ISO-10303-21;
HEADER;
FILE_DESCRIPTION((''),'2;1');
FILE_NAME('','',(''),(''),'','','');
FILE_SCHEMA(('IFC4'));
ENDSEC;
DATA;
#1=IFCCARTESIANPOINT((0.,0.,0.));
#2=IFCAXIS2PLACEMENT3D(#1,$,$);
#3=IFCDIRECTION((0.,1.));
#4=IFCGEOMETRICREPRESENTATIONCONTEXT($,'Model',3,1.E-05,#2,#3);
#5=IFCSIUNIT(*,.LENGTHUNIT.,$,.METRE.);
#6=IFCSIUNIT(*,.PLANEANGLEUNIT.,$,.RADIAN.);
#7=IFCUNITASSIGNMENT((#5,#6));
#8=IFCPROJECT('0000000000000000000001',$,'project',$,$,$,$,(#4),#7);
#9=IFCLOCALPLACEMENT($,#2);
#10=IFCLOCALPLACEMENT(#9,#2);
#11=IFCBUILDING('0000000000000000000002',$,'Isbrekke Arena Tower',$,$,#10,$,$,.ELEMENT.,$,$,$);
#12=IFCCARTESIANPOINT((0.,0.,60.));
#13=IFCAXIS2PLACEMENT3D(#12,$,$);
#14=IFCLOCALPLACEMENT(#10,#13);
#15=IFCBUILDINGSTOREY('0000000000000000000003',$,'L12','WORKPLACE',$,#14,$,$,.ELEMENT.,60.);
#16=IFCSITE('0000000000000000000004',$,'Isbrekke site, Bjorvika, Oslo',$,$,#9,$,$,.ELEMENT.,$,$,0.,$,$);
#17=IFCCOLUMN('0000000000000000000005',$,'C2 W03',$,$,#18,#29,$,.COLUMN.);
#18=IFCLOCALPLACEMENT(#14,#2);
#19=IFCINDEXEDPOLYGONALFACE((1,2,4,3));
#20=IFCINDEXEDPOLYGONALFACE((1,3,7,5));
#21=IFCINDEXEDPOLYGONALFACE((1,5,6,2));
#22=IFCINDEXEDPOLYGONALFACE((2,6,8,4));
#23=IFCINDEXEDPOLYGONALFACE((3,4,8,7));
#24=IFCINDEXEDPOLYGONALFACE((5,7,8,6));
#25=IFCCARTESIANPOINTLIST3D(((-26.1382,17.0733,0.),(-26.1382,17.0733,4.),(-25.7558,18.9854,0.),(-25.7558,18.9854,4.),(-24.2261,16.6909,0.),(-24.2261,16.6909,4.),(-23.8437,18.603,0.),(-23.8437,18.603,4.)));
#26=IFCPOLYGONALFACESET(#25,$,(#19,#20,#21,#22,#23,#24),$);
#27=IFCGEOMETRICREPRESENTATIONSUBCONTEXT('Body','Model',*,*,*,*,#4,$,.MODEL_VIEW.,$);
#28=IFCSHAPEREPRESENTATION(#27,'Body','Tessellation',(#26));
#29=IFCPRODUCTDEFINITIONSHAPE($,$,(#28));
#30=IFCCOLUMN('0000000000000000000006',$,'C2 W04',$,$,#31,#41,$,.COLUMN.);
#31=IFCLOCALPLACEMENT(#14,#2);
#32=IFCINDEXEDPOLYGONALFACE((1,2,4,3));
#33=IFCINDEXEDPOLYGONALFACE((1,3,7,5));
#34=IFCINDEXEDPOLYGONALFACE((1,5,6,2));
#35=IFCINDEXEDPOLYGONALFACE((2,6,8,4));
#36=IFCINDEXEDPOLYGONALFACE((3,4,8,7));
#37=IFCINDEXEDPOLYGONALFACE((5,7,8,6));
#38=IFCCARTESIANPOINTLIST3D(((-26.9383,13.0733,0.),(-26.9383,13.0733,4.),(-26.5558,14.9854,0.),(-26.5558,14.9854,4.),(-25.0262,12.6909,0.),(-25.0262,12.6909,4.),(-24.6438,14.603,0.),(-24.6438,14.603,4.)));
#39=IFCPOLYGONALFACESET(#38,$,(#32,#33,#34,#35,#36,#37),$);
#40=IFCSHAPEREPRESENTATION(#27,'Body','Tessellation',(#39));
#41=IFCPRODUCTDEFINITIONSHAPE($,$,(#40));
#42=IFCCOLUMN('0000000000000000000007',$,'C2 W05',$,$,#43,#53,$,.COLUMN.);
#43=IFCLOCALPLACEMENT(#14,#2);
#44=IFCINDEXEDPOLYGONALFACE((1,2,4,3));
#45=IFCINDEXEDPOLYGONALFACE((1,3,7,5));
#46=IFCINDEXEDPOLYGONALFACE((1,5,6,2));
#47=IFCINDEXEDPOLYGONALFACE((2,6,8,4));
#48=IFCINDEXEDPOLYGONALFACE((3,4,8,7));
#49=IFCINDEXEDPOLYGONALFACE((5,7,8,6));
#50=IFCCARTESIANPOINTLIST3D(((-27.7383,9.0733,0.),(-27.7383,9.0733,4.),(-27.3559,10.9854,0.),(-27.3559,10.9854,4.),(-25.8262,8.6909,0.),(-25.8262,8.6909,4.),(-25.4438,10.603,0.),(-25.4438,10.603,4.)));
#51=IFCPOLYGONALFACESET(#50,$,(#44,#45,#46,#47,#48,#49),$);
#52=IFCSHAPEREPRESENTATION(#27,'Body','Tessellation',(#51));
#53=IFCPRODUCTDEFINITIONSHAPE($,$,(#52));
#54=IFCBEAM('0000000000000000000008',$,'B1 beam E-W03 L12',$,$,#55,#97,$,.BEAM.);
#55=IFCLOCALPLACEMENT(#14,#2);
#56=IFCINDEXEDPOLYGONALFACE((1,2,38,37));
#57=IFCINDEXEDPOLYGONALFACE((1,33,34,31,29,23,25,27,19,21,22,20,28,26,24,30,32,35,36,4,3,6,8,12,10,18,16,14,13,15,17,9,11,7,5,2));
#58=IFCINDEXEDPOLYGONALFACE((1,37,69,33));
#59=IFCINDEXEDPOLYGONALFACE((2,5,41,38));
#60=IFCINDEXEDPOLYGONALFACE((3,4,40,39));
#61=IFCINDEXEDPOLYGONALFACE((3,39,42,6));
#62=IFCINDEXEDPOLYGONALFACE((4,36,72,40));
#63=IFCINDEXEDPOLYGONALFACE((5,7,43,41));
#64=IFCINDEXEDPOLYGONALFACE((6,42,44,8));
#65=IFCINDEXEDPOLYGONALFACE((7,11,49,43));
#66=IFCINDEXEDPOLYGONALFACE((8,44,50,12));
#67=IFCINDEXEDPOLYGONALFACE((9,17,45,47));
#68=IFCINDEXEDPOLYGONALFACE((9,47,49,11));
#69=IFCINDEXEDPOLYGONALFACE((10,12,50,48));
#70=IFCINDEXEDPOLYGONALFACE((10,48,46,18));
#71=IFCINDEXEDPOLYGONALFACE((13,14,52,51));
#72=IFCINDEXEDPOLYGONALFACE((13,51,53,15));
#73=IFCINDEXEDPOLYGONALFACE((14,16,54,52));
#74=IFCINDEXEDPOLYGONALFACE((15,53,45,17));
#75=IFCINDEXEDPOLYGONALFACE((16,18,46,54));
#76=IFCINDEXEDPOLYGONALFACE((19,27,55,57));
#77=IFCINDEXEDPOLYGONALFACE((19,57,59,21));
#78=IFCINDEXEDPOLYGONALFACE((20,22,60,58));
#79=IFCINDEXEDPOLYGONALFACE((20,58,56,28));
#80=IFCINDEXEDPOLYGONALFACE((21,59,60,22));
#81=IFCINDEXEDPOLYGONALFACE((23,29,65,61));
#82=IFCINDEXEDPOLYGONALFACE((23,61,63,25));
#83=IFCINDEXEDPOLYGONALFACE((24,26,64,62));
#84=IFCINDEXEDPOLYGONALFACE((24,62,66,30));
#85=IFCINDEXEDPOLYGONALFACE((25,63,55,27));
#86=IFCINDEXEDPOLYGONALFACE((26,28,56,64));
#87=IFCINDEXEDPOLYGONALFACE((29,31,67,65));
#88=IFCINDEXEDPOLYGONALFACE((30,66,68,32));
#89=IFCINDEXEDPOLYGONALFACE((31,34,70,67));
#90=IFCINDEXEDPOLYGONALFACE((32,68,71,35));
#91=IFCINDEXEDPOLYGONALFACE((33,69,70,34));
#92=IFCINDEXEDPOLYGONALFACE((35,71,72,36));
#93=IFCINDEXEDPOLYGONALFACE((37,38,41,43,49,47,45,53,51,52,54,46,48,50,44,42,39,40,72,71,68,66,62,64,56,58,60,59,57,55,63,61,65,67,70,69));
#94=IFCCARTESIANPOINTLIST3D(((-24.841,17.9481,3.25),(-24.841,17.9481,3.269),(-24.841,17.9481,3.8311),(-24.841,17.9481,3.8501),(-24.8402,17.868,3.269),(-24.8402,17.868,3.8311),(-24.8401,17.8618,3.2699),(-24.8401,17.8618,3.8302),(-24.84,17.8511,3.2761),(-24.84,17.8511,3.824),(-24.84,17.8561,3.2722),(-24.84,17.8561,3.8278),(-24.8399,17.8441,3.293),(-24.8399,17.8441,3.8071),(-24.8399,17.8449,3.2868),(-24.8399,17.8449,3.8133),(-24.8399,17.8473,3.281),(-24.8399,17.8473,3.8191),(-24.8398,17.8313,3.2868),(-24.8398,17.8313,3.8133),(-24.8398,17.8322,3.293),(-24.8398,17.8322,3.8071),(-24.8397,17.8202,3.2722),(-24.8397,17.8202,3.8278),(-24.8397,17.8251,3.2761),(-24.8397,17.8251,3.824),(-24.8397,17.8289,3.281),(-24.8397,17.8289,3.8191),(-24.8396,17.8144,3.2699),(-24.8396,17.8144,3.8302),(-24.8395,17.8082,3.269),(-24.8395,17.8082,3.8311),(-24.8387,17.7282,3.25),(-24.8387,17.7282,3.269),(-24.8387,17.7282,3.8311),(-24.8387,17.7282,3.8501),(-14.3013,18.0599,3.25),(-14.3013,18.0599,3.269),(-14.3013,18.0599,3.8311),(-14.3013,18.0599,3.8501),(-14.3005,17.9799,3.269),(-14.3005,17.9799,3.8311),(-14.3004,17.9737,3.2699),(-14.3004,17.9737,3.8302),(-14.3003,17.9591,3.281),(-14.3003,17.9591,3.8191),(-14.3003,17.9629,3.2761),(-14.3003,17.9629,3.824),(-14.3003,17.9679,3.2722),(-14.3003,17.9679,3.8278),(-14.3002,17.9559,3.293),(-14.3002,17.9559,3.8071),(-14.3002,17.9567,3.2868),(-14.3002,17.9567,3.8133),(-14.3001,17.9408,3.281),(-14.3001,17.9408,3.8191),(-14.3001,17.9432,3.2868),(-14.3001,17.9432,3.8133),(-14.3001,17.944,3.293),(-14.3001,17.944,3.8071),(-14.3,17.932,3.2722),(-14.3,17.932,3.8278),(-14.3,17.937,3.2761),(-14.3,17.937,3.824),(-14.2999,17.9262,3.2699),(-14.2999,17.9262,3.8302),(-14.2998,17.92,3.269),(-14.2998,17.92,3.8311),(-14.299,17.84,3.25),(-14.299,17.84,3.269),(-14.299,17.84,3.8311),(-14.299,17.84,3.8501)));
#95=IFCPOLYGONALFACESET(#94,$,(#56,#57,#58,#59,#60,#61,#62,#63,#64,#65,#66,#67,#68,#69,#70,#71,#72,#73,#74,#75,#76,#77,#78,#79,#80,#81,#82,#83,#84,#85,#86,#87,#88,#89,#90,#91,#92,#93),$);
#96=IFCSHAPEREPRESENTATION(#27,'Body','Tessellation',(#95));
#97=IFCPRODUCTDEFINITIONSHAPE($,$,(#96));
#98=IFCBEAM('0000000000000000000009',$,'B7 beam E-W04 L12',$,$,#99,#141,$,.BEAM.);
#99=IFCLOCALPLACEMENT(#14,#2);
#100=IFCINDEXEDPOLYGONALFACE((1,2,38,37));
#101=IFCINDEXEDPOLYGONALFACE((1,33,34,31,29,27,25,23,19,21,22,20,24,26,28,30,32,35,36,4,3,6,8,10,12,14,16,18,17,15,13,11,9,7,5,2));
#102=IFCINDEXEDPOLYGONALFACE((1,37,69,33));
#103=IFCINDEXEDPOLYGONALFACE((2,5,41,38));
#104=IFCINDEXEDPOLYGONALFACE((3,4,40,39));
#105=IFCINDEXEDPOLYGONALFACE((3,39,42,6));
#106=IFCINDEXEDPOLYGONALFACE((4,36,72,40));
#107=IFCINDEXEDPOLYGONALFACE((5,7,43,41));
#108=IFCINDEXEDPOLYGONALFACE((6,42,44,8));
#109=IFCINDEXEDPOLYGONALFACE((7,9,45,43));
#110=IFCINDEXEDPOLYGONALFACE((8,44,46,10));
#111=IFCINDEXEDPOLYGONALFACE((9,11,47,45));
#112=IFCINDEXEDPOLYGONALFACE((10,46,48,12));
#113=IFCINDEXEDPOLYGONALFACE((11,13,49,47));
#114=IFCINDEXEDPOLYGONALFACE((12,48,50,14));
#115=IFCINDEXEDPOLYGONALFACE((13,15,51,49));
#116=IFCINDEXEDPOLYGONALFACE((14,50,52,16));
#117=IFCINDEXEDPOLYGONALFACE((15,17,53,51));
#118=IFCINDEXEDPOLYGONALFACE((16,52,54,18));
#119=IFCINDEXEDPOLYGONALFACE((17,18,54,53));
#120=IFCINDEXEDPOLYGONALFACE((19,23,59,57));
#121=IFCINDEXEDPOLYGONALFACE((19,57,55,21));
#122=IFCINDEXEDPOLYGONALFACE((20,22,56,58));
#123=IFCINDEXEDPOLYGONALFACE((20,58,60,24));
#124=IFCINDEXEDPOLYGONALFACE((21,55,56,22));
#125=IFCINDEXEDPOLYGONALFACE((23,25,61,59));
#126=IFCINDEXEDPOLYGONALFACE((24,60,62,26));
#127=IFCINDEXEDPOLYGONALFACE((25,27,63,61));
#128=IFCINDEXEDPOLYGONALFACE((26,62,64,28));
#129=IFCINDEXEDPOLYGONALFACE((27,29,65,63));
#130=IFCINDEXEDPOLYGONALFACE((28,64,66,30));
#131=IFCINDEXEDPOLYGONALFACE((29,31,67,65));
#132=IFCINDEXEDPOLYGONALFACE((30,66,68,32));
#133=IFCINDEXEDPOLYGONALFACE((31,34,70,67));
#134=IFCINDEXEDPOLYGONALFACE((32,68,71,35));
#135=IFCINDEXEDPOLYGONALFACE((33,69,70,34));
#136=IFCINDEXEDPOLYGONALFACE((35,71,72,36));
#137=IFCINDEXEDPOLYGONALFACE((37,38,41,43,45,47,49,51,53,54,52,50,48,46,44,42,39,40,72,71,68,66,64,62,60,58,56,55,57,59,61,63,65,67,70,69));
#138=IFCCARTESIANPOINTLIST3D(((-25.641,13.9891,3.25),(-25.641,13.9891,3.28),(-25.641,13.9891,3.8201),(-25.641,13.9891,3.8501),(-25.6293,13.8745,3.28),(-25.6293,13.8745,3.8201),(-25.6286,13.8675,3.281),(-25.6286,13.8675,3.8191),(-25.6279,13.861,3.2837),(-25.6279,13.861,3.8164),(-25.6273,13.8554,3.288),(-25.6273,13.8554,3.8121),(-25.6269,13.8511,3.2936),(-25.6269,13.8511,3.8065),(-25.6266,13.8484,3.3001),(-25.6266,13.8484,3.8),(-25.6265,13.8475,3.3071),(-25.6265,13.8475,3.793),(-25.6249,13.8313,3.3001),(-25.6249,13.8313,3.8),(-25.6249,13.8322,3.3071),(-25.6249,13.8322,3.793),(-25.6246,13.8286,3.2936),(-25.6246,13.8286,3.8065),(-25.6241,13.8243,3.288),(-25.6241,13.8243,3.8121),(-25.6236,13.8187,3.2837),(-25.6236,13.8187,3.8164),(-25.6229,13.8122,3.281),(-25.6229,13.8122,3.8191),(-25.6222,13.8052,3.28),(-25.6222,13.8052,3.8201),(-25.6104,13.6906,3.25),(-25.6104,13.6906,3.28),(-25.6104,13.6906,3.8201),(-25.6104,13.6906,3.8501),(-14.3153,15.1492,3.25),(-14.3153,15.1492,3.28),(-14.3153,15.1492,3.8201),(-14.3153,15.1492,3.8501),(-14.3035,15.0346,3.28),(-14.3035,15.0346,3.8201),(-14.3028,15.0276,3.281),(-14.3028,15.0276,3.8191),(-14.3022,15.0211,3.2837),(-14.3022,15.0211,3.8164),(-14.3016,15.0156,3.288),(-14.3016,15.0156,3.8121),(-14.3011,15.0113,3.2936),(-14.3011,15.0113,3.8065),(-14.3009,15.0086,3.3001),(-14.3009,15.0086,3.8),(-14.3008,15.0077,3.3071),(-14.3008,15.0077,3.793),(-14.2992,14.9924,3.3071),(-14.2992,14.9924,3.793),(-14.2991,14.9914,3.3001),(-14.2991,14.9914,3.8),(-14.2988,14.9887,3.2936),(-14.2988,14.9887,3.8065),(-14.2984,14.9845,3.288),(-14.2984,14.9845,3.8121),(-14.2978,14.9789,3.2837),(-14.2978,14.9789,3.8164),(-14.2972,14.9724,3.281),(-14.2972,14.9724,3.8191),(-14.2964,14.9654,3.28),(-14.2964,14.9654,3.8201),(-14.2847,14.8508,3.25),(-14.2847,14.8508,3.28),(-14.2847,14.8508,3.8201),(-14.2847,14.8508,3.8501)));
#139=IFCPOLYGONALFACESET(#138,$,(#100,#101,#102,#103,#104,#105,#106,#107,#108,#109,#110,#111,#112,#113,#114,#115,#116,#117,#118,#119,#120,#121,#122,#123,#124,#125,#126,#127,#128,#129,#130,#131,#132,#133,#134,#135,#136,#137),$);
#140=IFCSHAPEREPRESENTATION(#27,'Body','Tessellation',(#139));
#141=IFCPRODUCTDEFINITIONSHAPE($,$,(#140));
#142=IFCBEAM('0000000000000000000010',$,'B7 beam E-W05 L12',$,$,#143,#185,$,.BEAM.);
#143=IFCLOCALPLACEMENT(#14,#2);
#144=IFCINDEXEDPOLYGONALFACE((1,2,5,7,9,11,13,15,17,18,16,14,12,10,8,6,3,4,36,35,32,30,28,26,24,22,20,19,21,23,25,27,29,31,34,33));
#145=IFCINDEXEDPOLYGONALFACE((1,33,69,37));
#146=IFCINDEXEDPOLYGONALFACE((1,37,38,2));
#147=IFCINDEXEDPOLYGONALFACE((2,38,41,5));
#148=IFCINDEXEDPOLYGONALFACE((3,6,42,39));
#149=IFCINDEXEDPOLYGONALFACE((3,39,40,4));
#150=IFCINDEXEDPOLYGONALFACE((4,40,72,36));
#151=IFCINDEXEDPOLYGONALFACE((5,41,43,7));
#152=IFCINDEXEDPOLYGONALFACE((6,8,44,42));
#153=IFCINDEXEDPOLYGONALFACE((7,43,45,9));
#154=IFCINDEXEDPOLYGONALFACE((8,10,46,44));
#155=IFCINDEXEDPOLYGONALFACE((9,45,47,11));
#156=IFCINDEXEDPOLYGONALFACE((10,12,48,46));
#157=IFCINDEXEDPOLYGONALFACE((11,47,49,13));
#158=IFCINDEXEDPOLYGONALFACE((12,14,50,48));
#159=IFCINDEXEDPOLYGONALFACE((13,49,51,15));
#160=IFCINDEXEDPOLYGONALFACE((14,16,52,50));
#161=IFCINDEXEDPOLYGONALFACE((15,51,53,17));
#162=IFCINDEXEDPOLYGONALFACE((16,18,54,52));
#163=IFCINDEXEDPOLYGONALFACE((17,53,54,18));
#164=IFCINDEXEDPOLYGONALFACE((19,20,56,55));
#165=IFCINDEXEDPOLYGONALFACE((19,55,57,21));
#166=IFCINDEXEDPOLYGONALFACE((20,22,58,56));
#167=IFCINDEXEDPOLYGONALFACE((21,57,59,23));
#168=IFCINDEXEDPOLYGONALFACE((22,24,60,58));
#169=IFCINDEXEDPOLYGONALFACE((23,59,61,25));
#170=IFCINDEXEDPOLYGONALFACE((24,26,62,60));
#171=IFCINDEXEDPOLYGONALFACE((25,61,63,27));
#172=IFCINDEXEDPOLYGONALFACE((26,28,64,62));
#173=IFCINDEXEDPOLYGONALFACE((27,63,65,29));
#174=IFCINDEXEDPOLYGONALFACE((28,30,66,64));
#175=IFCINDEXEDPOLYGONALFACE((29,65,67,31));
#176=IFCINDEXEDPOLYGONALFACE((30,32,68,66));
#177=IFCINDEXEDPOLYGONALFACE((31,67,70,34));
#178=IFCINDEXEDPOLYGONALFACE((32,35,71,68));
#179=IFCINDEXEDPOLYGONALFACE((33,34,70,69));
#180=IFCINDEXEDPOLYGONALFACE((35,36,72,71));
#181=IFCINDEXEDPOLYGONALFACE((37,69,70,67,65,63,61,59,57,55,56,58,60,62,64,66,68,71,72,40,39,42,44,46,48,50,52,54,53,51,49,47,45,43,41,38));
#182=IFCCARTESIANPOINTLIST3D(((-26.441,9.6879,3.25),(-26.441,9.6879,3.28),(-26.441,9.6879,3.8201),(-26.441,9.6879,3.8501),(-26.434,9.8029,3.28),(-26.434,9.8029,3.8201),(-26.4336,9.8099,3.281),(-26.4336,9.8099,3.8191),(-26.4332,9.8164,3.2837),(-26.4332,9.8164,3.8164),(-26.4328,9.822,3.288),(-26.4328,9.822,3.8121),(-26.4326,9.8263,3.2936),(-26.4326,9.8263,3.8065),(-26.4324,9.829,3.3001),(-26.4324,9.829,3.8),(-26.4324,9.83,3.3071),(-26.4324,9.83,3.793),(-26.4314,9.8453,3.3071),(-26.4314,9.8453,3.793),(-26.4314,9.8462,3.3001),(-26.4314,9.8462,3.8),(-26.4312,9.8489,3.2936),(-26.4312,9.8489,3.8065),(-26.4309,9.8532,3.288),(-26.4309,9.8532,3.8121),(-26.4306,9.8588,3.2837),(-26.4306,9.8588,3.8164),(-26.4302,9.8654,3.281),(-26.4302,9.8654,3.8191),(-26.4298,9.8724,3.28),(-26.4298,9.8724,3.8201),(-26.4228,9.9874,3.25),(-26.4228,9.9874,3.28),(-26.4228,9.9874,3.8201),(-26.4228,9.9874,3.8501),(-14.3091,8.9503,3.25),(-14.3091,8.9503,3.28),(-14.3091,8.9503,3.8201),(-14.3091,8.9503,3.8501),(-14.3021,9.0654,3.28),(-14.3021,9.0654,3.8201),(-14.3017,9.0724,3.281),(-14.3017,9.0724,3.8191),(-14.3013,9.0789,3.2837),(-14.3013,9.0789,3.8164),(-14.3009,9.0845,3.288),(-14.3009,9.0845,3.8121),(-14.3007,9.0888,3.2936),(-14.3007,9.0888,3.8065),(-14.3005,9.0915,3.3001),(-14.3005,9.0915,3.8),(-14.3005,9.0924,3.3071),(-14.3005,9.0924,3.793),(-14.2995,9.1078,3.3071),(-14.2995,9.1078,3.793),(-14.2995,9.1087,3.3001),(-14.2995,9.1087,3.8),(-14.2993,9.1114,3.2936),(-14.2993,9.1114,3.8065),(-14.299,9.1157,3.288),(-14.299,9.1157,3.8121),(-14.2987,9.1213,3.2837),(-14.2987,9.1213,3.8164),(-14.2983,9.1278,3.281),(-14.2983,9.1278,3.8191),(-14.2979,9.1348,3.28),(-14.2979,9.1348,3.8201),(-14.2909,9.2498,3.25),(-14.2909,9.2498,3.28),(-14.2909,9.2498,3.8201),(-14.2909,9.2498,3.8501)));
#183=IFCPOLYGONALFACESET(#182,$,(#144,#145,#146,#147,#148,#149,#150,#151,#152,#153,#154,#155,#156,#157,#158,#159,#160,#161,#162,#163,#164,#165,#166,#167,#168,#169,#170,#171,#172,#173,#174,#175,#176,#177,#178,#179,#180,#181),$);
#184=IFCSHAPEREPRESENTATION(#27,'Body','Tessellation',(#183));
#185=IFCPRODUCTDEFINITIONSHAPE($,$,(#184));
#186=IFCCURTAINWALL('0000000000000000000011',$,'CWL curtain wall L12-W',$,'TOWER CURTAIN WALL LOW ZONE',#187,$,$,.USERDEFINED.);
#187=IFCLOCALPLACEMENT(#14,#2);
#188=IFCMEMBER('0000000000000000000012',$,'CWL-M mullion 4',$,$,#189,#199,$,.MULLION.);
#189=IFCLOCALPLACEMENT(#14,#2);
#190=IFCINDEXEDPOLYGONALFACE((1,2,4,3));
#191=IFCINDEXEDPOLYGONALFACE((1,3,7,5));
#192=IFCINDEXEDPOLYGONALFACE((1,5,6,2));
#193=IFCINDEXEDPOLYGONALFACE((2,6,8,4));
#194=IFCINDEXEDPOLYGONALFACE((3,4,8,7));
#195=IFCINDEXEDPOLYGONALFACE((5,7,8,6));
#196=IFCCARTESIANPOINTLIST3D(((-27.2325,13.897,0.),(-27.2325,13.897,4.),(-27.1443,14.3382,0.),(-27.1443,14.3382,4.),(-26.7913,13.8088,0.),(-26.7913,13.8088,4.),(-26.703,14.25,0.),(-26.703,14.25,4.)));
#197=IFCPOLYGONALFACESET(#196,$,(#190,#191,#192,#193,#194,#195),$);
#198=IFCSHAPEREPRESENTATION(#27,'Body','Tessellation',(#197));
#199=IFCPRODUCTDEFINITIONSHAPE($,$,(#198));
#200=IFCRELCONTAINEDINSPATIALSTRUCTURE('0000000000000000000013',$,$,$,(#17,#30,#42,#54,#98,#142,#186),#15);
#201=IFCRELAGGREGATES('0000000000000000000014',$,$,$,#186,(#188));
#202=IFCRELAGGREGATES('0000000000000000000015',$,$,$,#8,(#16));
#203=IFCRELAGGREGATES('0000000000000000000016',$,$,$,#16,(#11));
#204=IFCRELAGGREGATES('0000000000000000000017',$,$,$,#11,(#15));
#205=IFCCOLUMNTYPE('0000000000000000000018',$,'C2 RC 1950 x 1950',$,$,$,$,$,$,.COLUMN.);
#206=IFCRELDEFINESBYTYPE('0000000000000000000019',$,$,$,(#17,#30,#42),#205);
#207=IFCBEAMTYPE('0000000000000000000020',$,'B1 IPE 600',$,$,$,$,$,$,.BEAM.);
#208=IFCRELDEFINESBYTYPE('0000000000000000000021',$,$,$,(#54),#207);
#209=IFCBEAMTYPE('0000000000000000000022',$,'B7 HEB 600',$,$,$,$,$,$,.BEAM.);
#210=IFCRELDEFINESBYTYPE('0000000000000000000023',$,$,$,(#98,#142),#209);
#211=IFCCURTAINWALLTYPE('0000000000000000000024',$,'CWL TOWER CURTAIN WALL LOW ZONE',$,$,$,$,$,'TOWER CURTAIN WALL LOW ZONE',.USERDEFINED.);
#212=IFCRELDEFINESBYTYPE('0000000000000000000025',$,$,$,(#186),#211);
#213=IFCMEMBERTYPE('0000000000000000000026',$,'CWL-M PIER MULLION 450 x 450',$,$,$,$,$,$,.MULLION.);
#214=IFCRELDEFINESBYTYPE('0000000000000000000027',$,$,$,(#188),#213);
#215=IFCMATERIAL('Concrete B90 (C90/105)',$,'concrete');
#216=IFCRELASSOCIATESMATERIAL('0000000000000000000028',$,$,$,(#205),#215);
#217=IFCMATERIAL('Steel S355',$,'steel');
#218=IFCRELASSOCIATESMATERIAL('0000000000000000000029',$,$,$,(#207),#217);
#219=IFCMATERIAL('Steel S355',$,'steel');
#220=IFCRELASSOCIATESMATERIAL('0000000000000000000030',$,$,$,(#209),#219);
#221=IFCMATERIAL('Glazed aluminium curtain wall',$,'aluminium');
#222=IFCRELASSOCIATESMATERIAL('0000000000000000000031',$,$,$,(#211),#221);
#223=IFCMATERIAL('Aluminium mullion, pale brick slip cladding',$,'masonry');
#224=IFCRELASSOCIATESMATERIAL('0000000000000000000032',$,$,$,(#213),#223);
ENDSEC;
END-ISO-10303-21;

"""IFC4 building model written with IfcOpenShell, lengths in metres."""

from ifc_helpers import new_model, si_unit, direction, frame, origin, origin_2d, place, context, subcontext, project, spatial, rectangle, i_section, extrude, material, material_profile, profile_set, type_object, element, aggregate, save


model = new_model("IFC4")

# Units and contexts
model_context = context("Model", 3, precision=1e-05, world=origin(), true_north=direction((0.0, 1.0)))
body_context = subcontext(model_context, "Body", "Model", "MODEL_VIEW")
ifc_project = project(units=[si_unit("LENGTHUNIT", "METRE"), si_unit("PLANEANGLEUNIT", "RADIAN")], contexts=[model_context])

# Site, building, storey
site_placement = place(None, origin())
site = spatial("IfcSite", under=ifc_project, at=site_placement, Name="Isbrekke site, Bjorvika, Oslo", CompositionType="ELEMENT", RefElevation=0.0)
building_placement = place(site_placement, origin())
building = spatial("IfcBuilding", under=site, at=building_placement, Name="Isbrekke Arena Tower", CompositionType="ELEMENT")
storey_placement = place(building_placement, frame((0.0, 0.0, 60.0)))
storey = spatial("IfcBuildingStorey", under=building, at=storey_placement, Name="L12", Description="WORKPLACE", CompositionType="ELEMENT", Elevation=60.0)

# Columns
ifc_material_1 = material(Name="Concrete B90 (C90/105)", Category="concrete")
ifc_material_profile_1 = material_profile(ifc_material_1, rectangle(XDim=1.95, YDim=1.95, at=origin_2d()), Name="RC 1950x1950")
ifc_profile_set_1 = profile_set([ifc_material_profile_1], Name="Concrete B90 (C90/105)")
column_type = type_object("IfcColumnType", Name="C2 RC 1950 x 1950", PredefinedType="COLUMN", material=ifc_profile_set_1)
for number, where, z_axis, x_axis, name in (
    (1, (-24.991, 17.8381, 0.0), (0.0, 0.0, 1.0), (-0.196116, -0.980581, 0.0), "C2 W03"),
    (2, (-25.791, 13.8381, 0.0), (0.0, 0.0, 1.0), (-0.196116, -0.980581, 0.0), "C2 W04"),
    (3, (-26.5911, 9.8381, 0.0), (0.0, 0.0, 1.0), (-0.196116, -0.980581, 0.0), "C2 W05"),
):
    element("IfcColumn", number, at=place(storey_placement, frame(where, z_axis=z_axis, x_axis=x_axis)), inside=storey, type_object=column_type, Name=name, PredefinedType="COLUMN", context=body_context, shape_type="SweptSolid", body=[
        extrude(rectangle(XDim=1.95, YDim=1.95, at=origin_2d()), origin(), (0.0, 0.0, 1.0), 4.0),
    ])

# Beams
ifc_material_2 = material(Name="Steel S355", Category="steel")
ifc_material_profile_2 = material_profile(ifc_material_2, i_section(OverallWidth=0.22, OverallDepth=0.6001, WebThickness=0.012, FlangeThickness=0.019, FilletRadius=0.0239, at=origin_2d()), Name="IPE 600")
ifc_profile_set_2 = profile_set([ifc_material_profile_2], Name="Steel S355")
beam_type_1 = type_object("IfcBeamType", Name="B1 IPE 600", PredefinedType="BEAM", material=ifc_profile_set_2)
beam_1_placement = place(storey_placement, frame((-24.8398, 17.8381, 3.55), z_axis=(0.999944, 0.010608, 0.0), x_axis=(-0.010608, 0.999944, 0.0)))
element("IfcBeam", 4, at=beam_1_placement, inside=storey, type_object=beam_type_1, Name="B1 beam E-W03 L12", PredefinedType="BEAM", context=body_context, shape_type="SweptSolid", body=[
    extrude(i_section(OverallWidth=0.22, OverallDepth=0.6001, WebThickness=0.012, FlangeThickness=0.019, FilletRadius=0.0239, at=origin_2d()), origin(), (0.0, 0.0, 1.0), 10.5403),
])
ifc_material_3 = material(Name="Steel S355", Category="steel")
ifc_material_profile_3 = material_profile(ifc_material_3, i_section(OverallWidth=0.3, OverallDepth=0.6001, WebThickness=0.0154, FlangeThickness=0.03, FilletRadius=0.0271, at=origin_2d()), Name="HEB 600")
ifc_profile_set_3 = profile_set([ifc_material_profile_3], Name="Steel S355")
beam_type_2 = type_object("IfcBeamType", Name="B7 HEB 600", PredefinedType="BEAM", material=ifc_profile_set_3)
beam_2_placement = place(storey_placement, frame((-25.6257, 13.8398, 3.55), z_axis=(0.994794, 0.101903, 0.0), x_axis=(-0.101903, 0.994794, 0.0)))
element("IfcBeam", 5, at=beam_2_placement, inside=storey, type_object=beam_type_2, Name="B7 beam E-W04 L12", PredefinedType="BEAM", context=body_context, shape_type="SweptSolid", body=[
    extrude(i_section(OverallWidth=0.3, OverallDepth=0.6001, WebThickness=0.0154, FlangeThickness=0.03, FilletRadius=0.0271, at=origin_2d()), origin(), (0.0, 0.0, 1.0), 11.385),
])
beam_3_placement = place(storey_placement, frame((-26.4319, 9.8376, 3.55), z_axis=(0.998157, -0.060682, 0.0), x_axis=(0.060682, 0.998157, 0.0)))
element("IfcBeam", 6, at=beam_3_placement, inside=storey, type_object=beam_type_2, Name="B7 beam E-W05 L12", PredefinedType="BEAM", context=body_context, shape_type="SweptSolid", body=[
    extrude(i_section(OverallWidth=0.3, OverallDepth=0.6001, WebThickness=0.0154, FlangeThickness=0.03, FilletRadius=0.0271, at=origin_2d()), origin(), (0.0, 0.0, 1.0), 12.1543),
])

# Curtain wall, member
ifc_material_4 = material(Name="Glazed aluminium curtain wall", Category="aluminium")
curtain_wall_type = type_object("IfcCurtainWallType", Name="CWL TOWER CURTAIN WALL LOW ZONE", ElementType="TOWER CURTAIN WALL LOW ZONE", PredefinedType="USERDEFINED", material=ifc_material_4)
curtain_wall_placement = place(storey_placement, origin())
curtain_wall = element("IfcCurtainWall", 7, at=curtain_wall_placement, inside=storey, type_object=curtain_wall_type, Name="CWL curtain wall L12-W", ObjectType="TOWER CURTAIN WALL LOW ZONE", PredefinedType="USERDEFINED")
ifc_material_5 = material(Name="Aluminium mullion, pale brick slip cladding", Category="masonry")
ifc_material_profile_4 = material_profile(ifc_material_5, rectangle(XDim=0.45, YDim=0.45, at=origin_2d()), Name="PIER 450X450")
ifc_profile_set_4 = profile_set([ifc_material_profile_4], Name="Aluminium mullion, pale brick slip cladding")
member_type_1 = type_object("IfcMemberType", Name="CWL-M PIER MULLION 450 x 450", PredefinedType="MULLION", material=ifc_profile_set_4)
member_1_placement = place(storey_placement, frame((-26.9678, 14.0735, 0.0), z_axis=(0.0, 0.0, 1.0), x_axis=(-0.196116, -0.980581, 0.0)))
member_1 = element("IfcMember", 8, at=member_1_placement, type_object=member_type_1, Name="CWL-M mullion 4", PredefinedType="MULLION", context=body_context, shape_type="SweptSolid", body=[
    extrude(rectangle(XDim=0.45, YDim=0.45, at=origin_2d()), origin(), (0.0, 0.0, 1.0), 4.0),
])

aggregate(curtain_wall, [member_1])

save(model, "model.ifc")
